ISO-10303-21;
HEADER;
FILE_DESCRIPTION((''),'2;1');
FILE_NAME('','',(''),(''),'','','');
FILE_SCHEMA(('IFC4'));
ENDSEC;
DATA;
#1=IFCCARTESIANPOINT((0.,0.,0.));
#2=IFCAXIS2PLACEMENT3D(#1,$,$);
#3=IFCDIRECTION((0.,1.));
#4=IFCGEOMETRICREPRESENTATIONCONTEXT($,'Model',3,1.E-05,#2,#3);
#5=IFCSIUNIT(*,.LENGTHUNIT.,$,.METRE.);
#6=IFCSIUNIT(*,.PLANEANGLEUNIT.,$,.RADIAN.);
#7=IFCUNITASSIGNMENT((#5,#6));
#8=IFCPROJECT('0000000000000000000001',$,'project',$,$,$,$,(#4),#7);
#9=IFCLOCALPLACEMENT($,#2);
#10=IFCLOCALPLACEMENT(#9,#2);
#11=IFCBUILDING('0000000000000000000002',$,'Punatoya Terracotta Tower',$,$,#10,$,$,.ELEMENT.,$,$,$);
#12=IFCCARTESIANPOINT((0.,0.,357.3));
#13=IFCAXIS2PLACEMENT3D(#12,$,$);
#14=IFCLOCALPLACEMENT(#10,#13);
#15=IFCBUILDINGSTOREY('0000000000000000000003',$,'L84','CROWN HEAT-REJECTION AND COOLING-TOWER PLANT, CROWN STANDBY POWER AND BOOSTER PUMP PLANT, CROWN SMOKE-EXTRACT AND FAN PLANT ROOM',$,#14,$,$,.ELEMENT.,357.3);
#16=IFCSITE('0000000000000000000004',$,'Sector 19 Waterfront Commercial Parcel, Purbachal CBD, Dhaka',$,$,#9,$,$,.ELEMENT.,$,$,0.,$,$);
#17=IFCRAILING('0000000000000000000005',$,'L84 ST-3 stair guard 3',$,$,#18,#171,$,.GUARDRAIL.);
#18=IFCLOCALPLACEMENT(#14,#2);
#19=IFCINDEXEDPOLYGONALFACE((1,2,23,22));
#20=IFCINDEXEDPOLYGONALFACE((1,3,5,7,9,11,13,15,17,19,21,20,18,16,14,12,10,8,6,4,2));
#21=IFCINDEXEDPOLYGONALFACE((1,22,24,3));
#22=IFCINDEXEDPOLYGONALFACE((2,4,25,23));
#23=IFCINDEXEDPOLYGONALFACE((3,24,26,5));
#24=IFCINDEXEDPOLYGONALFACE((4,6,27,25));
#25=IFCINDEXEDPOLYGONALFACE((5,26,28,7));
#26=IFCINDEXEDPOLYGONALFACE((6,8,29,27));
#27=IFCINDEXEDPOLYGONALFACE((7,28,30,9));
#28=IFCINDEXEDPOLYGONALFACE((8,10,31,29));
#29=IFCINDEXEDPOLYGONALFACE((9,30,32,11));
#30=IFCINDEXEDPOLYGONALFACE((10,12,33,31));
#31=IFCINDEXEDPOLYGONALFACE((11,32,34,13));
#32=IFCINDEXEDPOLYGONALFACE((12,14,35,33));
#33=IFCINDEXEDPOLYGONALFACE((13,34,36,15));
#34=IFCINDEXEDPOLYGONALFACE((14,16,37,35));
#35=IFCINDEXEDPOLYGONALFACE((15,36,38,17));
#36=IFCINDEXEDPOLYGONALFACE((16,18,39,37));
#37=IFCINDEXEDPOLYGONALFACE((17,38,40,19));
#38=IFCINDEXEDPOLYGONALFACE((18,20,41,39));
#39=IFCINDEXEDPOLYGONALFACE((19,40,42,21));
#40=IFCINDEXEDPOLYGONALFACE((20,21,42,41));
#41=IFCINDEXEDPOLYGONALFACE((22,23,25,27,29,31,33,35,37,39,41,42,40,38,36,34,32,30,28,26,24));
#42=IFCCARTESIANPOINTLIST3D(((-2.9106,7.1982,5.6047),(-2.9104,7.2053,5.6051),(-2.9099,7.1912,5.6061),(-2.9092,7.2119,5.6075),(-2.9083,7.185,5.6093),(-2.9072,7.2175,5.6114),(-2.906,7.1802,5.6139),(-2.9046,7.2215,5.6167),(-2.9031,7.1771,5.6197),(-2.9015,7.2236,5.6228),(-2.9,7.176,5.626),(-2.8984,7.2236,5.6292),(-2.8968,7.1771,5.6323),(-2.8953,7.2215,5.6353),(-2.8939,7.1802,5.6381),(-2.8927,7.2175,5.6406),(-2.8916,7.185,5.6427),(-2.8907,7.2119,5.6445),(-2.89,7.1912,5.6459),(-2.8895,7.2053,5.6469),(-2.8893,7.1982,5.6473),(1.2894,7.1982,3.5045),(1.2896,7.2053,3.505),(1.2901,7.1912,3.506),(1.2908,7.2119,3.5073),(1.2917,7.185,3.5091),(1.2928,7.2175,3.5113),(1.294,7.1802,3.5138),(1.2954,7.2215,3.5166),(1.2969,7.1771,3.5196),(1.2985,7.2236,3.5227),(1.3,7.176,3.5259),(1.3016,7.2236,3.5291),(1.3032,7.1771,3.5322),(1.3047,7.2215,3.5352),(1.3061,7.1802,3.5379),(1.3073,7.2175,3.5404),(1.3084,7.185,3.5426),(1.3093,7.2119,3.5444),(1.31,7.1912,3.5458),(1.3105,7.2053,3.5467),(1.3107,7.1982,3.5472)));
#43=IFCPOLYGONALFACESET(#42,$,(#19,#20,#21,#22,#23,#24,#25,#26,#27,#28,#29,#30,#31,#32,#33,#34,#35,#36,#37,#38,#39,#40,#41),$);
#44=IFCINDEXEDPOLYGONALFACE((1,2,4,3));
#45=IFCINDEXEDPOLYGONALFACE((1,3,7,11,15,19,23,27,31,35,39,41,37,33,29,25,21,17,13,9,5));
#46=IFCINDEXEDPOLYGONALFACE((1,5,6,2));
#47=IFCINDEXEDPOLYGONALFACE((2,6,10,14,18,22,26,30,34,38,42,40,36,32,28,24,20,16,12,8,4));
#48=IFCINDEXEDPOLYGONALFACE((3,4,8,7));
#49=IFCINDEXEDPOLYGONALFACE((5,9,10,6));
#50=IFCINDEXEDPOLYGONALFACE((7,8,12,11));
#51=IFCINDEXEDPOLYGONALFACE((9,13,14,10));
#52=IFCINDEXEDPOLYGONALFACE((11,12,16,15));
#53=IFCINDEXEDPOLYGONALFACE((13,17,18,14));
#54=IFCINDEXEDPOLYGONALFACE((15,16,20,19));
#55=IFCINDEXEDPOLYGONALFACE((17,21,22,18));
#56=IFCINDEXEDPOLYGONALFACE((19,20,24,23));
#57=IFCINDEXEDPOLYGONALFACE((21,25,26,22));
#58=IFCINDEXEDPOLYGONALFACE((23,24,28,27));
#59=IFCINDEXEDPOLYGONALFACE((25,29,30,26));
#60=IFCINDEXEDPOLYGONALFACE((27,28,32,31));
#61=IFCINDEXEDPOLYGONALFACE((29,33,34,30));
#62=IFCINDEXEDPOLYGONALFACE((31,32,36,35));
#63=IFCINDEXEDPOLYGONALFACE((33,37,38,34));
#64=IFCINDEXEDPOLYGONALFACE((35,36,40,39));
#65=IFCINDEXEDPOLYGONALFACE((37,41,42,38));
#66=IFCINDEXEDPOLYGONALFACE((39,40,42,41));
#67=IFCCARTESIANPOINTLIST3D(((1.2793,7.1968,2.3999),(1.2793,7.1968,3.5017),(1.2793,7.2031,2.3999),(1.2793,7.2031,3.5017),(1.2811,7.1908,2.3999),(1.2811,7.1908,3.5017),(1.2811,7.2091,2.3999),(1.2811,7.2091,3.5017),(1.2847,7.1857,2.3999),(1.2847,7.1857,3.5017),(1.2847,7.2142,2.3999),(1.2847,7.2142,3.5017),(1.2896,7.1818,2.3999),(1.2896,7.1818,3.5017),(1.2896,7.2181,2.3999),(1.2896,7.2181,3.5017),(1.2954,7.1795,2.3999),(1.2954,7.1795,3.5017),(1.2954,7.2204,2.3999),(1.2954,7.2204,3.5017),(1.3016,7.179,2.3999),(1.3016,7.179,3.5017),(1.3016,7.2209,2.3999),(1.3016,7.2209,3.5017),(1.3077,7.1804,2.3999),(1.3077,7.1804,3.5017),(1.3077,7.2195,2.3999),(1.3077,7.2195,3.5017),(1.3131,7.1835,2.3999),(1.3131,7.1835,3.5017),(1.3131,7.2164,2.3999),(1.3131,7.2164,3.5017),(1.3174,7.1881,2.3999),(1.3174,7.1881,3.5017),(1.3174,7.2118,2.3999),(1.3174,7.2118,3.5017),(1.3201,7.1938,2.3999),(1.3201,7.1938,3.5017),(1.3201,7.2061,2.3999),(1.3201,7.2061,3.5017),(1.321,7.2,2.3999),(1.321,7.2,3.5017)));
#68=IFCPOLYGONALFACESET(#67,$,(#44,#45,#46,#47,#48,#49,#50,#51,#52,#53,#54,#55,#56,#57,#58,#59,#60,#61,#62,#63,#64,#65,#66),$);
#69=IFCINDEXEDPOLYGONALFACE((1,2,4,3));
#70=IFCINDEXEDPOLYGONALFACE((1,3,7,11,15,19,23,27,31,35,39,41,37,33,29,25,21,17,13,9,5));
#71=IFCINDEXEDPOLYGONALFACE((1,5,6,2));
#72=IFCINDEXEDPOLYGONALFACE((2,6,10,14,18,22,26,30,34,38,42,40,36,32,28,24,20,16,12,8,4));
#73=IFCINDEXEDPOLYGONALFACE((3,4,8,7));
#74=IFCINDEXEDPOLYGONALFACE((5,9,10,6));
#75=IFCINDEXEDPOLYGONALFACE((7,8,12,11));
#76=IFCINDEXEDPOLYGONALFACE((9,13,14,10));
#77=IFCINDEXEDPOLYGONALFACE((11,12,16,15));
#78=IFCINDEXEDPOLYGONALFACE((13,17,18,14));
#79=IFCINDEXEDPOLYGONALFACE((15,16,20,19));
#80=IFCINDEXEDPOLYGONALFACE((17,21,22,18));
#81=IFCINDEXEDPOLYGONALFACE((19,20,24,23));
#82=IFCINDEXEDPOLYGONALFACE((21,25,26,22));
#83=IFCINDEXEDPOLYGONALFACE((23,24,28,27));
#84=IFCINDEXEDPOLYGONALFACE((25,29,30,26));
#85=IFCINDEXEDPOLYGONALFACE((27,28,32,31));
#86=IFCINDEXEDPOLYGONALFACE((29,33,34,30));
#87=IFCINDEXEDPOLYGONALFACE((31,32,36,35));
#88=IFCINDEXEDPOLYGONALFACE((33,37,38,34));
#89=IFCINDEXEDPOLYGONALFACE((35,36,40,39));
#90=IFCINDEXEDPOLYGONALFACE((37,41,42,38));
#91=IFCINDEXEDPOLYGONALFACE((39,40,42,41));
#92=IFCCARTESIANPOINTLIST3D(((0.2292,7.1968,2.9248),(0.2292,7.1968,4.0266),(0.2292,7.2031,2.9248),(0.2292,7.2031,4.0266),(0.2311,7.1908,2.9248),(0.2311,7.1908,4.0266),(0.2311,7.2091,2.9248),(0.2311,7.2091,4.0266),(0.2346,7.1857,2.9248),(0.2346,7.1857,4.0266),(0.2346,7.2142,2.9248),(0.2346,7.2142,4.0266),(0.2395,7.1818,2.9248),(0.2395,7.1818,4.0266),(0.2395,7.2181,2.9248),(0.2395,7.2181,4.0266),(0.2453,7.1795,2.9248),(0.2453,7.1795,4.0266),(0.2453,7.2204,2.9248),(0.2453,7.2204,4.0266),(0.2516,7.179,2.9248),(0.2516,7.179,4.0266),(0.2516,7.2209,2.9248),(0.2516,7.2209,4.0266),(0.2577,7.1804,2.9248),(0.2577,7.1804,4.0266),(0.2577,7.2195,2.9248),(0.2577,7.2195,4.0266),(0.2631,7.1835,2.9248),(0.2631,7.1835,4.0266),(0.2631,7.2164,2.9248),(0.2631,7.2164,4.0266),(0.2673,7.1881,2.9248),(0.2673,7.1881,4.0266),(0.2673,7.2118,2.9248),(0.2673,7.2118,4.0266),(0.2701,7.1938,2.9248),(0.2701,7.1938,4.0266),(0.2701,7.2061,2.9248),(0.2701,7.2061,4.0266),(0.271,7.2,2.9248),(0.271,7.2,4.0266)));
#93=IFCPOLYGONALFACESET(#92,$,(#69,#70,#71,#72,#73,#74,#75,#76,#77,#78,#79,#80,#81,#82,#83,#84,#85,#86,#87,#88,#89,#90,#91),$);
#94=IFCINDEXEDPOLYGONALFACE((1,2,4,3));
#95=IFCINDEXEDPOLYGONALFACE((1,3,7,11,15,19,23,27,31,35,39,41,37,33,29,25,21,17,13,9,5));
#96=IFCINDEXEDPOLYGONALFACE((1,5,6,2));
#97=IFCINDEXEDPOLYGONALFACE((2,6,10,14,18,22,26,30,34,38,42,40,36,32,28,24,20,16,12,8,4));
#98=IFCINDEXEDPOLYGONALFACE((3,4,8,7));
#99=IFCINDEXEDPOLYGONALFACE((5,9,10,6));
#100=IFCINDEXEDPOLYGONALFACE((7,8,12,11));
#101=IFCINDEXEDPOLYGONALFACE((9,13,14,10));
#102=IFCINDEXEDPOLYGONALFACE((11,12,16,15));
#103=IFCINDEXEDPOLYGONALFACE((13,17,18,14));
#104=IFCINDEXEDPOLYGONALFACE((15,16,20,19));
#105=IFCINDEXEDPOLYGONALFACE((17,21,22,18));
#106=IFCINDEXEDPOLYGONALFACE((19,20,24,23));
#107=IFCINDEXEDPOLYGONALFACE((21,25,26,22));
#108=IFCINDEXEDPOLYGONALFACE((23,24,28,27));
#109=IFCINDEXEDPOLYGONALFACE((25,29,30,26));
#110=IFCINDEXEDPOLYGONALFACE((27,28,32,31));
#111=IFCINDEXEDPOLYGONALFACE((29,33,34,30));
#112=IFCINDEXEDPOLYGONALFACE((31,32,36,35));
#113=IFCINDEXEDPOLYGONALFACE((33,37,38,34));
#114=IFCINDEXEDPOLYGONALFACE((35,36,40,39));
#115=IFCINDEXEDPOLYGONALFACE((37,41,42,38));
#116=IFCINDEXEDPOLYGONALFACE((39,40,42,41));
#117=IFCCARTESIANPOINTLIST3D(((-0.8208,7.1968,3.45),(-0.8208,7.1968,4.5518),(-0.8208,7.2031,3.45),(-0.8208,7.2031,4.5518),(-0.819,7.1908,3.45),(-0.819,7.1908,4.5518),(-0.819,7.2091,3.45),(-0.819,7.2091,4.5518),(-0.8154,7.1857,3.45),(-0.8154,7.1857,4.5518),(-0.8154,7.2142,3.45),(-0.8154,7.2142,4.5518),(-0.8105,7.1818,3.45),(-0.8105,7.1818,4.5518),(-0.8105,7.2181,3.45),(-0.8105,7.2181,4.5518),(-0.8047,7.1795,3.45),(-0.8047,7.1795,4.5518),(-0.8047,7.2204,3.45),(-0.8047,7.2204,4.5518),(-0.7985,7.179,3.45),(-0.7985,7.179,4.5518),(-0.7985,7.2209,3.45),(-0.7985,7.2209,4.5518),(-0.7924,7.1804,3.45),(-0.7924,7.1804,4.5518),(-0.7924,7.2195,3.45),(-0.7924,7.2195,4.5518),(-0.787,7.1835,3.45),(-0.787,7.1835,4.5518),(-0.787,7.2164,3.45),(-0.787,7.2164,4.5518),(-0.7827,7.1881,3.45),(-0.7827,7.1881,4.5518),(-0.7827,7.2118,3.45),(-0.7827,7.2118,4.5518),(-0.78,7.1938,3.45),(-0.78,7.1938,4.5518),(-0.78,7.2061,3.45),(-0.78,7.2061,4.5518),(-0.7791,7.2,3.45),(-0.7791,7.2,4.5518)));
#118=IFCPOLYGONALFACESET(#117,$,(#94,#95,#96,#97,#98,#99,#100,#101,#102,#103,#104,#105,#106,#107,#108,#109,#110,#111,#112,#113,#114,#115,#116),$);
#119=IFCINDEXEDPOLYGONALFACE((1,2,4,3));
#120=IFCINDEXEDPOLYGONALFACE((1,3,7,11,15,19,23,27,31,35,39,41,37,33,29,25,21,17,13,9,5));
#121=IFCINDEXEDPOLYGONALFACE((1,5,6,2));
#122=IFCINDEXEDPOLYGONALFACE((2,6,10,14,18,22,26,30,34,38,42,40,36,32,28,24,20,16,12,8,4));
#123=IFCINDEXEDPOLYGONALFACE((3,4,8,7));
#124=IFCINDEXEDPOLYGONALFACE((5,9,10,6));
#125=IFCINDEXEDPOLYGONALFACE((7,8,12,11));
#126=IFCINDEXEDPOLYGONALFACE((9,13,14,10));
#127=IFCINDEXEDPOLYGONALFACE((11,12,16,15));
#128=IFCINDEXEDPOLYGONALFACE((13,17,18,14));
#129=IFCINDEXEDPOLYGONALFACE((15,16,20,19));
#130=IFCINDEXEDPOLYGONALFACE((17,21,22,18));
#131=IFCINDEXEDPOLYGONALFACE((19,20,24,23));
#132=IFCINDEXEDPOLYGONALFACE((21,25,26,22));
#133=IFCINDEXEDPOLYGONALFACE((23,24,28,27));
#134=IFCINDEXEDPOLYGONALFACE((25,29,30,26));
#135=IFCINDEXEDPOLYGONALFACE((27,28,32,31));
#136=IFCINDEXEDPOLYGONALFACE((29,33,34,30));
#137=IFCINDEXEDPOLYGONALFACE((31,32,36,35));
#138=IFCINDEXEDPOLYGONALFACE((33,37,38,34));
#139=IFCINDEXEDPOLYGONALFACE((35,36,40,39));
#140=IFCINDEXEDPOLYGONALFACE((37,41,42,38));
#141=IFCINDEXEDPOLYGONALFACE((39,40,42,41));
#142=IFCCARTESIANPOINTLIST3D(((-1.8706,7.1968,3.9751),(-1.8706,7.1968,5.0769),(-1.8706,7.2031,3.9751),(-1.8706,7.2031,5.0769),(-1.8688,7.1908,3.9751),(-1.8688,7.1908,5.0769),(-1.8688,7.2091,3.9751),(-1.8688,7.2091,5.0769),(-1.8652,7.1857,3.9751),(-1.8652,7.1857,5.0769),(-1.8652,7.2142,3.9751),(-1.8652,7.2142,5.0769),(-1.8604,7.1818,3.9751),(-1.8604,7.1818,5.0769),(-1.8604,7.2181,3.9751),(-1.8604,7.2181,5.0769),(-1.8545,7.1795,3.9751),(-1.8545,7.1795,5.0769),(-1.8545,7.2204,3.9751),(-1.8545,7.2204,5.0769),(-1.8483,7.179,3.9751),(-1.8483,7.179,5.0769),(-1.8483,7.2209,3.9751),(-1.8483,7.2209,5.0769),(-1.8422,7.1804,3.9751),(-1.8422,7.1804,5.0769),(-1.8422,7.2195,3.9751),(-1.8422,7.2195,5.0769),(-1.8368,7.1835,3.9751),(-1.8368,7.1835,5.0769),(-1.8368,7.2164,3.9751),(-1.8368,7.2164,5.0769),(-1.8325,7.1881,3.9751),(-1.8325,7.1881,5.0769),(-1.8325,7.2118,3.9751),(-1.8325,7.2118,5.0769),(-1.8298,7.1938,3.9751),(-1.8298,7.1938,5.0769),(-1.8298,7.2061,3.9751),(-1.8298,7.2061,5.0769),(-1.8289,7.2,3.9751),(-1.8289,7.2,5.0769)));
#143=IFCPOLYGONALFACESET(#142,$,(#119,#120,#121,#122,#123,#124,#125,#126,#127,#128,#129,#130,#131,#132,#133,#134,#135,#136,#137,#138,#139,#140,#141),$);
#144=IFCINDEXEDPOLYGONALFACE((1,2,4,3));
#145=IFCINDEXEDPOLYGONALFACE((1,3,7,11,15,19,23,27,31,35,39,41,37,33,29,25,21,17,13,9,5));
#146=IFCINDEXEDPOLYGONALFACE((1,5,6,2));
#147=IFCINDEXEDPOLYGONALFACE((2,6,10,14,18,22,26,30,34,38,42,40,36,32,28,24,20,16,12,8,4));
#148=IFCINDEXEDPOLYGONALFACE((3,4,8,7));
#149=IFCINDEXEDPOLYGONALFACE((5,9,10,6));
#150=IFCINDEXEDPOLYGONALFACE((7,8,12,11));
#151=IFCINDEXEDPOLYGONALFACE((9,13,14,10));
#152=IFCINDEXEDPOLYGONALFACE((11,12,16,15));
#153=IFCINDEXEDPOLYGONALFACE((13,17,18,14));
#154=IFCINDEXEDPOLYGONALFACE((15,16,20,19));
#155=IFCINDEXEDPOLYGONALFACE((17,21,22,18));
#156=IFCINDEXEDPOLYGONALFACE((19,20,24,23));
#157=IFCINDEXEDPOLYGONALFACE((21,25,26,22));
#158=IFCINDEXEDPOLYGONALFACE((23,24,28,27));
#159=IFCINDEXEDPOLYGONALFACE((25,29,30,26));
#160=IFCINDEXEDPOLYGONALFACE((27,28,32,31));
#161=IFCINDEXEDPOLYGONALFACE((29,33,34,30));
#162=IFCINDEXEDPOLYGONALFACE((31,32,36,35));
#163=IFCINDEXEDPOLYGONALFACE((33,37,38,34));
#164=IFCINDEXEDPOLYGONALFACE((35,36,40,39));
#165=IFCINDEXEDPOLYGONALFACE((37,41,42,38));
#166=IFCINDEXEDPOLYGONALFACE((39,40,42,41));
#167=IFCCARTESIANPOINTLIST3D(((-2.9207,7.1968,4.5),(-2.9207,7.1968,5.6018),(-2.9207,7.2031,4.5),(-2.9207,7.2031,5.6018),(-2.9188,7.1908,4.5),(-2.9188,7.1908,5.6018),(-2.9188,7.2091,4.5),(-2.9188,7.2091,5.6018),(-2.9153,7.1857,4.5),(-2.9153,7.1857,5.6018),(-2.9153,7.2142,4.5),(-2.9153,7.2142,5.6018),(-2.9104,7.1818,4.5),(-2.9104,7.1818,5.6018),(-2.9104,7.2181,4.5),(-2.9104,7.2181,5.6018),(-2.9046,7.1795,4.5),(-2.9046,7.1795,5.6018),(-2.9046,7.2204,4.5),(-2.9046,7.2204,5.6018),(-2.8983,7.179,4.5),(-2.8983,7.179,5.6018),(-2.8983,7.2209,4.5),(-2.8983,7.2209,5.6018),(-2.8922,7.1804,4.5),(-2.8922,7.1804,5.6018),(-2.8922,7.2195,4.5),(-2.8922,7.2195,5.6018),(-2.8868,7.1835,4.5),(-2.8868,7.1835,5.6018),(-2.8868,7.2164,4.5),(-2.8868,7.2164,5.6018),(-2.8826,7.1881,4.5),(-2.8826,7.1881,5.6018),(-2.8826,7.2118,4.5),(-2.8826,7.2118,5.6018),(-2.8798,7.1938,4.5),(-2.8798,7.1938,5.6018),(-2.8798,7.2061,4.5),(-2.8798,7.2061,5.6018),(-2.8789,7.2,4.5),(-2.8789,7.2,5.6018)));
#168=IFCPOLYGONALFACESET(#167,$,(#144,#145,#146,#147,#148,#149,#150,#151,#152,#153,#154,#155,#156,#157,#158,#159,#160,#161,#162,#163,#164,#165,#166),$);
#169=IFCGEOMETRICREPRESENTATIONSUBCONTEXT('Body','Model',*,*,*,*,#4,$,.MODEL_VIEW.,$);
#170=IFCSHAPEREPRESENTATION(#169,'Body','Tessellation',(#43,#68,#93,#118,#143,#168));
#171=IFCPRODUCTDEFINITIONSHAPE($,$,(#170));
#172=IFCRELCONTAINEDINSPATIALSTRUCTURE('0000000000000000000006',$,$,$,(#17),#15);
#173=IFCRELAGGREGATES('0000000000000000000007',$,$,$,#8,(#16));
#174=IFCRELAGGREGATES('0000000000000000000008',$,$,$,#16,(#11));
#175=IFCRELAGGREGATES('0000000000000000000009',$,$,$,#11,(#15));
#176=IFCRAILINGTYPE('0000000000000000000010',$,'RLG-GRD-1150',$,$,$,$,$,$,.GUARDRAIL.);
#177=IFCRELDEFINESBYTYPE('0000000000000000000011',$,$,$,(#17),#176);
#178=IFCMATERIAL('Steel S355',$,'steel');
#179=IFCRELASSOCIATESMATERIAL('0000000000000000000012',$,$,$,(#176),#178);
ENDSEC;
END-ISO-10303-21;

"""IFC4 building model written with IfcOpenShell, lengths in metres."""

from ifc_helpers import new_model, si_unit, direction, frame, origin, origin_2d, place, context, subcontext, project, spatial, circle, extrude, material, type_object, element, save


model = new_model("IFC4")

# Units and contexts
model_context = context("Model", 3, precision=1e-05, world=origin(), true_north=direction((0.0, 1.0)))
body_context = subcontext(model_context, "Body", "Model", "MODEL_VIEW")
ifc_project = project(units=[si_unit("LENGTHUNIT", "METRE"), si_unit("PLANEANGLEUNIT", "RADIAN")], contexts=[model_context])

# Site, building, storey
site_placement = place(None, origin())
site = spatial("IfcSite", under=ifc_project, at=site_placement, Name="Sector 19 Waterfront Commercial Parcel, Purbachal CBD, Dhaka", CompositionType="ELEMENT", RefElevation=0.0)
building_placement = place(site_placement, origin())
building = spatial("IfcBuilding", under=site, at=building_placement, Name="Punatoya Terracotta Tower", CompositionType="ELEMENT")
storey_placement = place(building_placement, frame((0.0, 0.0, 357.3)))
storey = spatial("IfcBuildingStorey", under=building, at=storey_placement, Name="L84", Description="CROWN HEAT-REJECTION AND COOLING-TOWER PLANT, CROWN STANDBY POWER AND BOOSTER PUMP PLANT, CROWN SMOKE-EXTRACT AND FAN PLANT ROOM", CompositionType="ELEMENT", Elevation=357.3)

# Shared definitions
ifc_material_1 = material(Name="Steel S355", Category="steel")

# Railing
railing_type_1 = type_object("IfcRailingType", Name="RLG-GRD-1150", PredefinedType="GUARDRAIL", material=ifc_material_1)
railing_1_placement = place(storey_placement, frame((1.3, 7.2, 2.3999)))
element("IfcRailing", 1, at=railing_1_placement, inside=storey, type_object=railing_type_1, Name="L84 ST-3 stair guard 3", PredefinedType="GUARDRAIL", context=body_context, shape_type="SweptSolid", body=[
    extrude(circle(Radius=0.0239, at=origin_2d()), frame((0.0, 0.0, 1.126), z_axis=(-0.894417, 0.0, 0.447234), x_axis=(0.0, -1.0, 0.0)), (0.0, 0.0, 1.0), 4.6958),
    extrude(circle(Radius=0.021, at=origin_2d()), origin(), (0.0, 0.0, 1.0), 1.1018),
    extrude(circle(Radius=0.021, at=origin_2d()), frame((-1.05, 0.0, 0.5249)), (0.0, 0.0, 1.0), 1.1018),
    extrude(circle(Radius=0.021, at=origin_2d()), frame((-2.1001, 0.0, 1.05)), (0.0, 0.0, 1.0), 1.1018),
    extrude(circle(Radius=0.021, at=origin_2d()), frame((-3.1499, 0.0, 1.5752)), (0.0, 0.0, 1.0), 1.1018),
    extrude(circle(Radius=0.021, at=origin_2d()), frame((-4.2, 0.0, 2.1001)), (0.0, 0.0, 1.0), 1.1018),
])

save(model, "model.ifc")
